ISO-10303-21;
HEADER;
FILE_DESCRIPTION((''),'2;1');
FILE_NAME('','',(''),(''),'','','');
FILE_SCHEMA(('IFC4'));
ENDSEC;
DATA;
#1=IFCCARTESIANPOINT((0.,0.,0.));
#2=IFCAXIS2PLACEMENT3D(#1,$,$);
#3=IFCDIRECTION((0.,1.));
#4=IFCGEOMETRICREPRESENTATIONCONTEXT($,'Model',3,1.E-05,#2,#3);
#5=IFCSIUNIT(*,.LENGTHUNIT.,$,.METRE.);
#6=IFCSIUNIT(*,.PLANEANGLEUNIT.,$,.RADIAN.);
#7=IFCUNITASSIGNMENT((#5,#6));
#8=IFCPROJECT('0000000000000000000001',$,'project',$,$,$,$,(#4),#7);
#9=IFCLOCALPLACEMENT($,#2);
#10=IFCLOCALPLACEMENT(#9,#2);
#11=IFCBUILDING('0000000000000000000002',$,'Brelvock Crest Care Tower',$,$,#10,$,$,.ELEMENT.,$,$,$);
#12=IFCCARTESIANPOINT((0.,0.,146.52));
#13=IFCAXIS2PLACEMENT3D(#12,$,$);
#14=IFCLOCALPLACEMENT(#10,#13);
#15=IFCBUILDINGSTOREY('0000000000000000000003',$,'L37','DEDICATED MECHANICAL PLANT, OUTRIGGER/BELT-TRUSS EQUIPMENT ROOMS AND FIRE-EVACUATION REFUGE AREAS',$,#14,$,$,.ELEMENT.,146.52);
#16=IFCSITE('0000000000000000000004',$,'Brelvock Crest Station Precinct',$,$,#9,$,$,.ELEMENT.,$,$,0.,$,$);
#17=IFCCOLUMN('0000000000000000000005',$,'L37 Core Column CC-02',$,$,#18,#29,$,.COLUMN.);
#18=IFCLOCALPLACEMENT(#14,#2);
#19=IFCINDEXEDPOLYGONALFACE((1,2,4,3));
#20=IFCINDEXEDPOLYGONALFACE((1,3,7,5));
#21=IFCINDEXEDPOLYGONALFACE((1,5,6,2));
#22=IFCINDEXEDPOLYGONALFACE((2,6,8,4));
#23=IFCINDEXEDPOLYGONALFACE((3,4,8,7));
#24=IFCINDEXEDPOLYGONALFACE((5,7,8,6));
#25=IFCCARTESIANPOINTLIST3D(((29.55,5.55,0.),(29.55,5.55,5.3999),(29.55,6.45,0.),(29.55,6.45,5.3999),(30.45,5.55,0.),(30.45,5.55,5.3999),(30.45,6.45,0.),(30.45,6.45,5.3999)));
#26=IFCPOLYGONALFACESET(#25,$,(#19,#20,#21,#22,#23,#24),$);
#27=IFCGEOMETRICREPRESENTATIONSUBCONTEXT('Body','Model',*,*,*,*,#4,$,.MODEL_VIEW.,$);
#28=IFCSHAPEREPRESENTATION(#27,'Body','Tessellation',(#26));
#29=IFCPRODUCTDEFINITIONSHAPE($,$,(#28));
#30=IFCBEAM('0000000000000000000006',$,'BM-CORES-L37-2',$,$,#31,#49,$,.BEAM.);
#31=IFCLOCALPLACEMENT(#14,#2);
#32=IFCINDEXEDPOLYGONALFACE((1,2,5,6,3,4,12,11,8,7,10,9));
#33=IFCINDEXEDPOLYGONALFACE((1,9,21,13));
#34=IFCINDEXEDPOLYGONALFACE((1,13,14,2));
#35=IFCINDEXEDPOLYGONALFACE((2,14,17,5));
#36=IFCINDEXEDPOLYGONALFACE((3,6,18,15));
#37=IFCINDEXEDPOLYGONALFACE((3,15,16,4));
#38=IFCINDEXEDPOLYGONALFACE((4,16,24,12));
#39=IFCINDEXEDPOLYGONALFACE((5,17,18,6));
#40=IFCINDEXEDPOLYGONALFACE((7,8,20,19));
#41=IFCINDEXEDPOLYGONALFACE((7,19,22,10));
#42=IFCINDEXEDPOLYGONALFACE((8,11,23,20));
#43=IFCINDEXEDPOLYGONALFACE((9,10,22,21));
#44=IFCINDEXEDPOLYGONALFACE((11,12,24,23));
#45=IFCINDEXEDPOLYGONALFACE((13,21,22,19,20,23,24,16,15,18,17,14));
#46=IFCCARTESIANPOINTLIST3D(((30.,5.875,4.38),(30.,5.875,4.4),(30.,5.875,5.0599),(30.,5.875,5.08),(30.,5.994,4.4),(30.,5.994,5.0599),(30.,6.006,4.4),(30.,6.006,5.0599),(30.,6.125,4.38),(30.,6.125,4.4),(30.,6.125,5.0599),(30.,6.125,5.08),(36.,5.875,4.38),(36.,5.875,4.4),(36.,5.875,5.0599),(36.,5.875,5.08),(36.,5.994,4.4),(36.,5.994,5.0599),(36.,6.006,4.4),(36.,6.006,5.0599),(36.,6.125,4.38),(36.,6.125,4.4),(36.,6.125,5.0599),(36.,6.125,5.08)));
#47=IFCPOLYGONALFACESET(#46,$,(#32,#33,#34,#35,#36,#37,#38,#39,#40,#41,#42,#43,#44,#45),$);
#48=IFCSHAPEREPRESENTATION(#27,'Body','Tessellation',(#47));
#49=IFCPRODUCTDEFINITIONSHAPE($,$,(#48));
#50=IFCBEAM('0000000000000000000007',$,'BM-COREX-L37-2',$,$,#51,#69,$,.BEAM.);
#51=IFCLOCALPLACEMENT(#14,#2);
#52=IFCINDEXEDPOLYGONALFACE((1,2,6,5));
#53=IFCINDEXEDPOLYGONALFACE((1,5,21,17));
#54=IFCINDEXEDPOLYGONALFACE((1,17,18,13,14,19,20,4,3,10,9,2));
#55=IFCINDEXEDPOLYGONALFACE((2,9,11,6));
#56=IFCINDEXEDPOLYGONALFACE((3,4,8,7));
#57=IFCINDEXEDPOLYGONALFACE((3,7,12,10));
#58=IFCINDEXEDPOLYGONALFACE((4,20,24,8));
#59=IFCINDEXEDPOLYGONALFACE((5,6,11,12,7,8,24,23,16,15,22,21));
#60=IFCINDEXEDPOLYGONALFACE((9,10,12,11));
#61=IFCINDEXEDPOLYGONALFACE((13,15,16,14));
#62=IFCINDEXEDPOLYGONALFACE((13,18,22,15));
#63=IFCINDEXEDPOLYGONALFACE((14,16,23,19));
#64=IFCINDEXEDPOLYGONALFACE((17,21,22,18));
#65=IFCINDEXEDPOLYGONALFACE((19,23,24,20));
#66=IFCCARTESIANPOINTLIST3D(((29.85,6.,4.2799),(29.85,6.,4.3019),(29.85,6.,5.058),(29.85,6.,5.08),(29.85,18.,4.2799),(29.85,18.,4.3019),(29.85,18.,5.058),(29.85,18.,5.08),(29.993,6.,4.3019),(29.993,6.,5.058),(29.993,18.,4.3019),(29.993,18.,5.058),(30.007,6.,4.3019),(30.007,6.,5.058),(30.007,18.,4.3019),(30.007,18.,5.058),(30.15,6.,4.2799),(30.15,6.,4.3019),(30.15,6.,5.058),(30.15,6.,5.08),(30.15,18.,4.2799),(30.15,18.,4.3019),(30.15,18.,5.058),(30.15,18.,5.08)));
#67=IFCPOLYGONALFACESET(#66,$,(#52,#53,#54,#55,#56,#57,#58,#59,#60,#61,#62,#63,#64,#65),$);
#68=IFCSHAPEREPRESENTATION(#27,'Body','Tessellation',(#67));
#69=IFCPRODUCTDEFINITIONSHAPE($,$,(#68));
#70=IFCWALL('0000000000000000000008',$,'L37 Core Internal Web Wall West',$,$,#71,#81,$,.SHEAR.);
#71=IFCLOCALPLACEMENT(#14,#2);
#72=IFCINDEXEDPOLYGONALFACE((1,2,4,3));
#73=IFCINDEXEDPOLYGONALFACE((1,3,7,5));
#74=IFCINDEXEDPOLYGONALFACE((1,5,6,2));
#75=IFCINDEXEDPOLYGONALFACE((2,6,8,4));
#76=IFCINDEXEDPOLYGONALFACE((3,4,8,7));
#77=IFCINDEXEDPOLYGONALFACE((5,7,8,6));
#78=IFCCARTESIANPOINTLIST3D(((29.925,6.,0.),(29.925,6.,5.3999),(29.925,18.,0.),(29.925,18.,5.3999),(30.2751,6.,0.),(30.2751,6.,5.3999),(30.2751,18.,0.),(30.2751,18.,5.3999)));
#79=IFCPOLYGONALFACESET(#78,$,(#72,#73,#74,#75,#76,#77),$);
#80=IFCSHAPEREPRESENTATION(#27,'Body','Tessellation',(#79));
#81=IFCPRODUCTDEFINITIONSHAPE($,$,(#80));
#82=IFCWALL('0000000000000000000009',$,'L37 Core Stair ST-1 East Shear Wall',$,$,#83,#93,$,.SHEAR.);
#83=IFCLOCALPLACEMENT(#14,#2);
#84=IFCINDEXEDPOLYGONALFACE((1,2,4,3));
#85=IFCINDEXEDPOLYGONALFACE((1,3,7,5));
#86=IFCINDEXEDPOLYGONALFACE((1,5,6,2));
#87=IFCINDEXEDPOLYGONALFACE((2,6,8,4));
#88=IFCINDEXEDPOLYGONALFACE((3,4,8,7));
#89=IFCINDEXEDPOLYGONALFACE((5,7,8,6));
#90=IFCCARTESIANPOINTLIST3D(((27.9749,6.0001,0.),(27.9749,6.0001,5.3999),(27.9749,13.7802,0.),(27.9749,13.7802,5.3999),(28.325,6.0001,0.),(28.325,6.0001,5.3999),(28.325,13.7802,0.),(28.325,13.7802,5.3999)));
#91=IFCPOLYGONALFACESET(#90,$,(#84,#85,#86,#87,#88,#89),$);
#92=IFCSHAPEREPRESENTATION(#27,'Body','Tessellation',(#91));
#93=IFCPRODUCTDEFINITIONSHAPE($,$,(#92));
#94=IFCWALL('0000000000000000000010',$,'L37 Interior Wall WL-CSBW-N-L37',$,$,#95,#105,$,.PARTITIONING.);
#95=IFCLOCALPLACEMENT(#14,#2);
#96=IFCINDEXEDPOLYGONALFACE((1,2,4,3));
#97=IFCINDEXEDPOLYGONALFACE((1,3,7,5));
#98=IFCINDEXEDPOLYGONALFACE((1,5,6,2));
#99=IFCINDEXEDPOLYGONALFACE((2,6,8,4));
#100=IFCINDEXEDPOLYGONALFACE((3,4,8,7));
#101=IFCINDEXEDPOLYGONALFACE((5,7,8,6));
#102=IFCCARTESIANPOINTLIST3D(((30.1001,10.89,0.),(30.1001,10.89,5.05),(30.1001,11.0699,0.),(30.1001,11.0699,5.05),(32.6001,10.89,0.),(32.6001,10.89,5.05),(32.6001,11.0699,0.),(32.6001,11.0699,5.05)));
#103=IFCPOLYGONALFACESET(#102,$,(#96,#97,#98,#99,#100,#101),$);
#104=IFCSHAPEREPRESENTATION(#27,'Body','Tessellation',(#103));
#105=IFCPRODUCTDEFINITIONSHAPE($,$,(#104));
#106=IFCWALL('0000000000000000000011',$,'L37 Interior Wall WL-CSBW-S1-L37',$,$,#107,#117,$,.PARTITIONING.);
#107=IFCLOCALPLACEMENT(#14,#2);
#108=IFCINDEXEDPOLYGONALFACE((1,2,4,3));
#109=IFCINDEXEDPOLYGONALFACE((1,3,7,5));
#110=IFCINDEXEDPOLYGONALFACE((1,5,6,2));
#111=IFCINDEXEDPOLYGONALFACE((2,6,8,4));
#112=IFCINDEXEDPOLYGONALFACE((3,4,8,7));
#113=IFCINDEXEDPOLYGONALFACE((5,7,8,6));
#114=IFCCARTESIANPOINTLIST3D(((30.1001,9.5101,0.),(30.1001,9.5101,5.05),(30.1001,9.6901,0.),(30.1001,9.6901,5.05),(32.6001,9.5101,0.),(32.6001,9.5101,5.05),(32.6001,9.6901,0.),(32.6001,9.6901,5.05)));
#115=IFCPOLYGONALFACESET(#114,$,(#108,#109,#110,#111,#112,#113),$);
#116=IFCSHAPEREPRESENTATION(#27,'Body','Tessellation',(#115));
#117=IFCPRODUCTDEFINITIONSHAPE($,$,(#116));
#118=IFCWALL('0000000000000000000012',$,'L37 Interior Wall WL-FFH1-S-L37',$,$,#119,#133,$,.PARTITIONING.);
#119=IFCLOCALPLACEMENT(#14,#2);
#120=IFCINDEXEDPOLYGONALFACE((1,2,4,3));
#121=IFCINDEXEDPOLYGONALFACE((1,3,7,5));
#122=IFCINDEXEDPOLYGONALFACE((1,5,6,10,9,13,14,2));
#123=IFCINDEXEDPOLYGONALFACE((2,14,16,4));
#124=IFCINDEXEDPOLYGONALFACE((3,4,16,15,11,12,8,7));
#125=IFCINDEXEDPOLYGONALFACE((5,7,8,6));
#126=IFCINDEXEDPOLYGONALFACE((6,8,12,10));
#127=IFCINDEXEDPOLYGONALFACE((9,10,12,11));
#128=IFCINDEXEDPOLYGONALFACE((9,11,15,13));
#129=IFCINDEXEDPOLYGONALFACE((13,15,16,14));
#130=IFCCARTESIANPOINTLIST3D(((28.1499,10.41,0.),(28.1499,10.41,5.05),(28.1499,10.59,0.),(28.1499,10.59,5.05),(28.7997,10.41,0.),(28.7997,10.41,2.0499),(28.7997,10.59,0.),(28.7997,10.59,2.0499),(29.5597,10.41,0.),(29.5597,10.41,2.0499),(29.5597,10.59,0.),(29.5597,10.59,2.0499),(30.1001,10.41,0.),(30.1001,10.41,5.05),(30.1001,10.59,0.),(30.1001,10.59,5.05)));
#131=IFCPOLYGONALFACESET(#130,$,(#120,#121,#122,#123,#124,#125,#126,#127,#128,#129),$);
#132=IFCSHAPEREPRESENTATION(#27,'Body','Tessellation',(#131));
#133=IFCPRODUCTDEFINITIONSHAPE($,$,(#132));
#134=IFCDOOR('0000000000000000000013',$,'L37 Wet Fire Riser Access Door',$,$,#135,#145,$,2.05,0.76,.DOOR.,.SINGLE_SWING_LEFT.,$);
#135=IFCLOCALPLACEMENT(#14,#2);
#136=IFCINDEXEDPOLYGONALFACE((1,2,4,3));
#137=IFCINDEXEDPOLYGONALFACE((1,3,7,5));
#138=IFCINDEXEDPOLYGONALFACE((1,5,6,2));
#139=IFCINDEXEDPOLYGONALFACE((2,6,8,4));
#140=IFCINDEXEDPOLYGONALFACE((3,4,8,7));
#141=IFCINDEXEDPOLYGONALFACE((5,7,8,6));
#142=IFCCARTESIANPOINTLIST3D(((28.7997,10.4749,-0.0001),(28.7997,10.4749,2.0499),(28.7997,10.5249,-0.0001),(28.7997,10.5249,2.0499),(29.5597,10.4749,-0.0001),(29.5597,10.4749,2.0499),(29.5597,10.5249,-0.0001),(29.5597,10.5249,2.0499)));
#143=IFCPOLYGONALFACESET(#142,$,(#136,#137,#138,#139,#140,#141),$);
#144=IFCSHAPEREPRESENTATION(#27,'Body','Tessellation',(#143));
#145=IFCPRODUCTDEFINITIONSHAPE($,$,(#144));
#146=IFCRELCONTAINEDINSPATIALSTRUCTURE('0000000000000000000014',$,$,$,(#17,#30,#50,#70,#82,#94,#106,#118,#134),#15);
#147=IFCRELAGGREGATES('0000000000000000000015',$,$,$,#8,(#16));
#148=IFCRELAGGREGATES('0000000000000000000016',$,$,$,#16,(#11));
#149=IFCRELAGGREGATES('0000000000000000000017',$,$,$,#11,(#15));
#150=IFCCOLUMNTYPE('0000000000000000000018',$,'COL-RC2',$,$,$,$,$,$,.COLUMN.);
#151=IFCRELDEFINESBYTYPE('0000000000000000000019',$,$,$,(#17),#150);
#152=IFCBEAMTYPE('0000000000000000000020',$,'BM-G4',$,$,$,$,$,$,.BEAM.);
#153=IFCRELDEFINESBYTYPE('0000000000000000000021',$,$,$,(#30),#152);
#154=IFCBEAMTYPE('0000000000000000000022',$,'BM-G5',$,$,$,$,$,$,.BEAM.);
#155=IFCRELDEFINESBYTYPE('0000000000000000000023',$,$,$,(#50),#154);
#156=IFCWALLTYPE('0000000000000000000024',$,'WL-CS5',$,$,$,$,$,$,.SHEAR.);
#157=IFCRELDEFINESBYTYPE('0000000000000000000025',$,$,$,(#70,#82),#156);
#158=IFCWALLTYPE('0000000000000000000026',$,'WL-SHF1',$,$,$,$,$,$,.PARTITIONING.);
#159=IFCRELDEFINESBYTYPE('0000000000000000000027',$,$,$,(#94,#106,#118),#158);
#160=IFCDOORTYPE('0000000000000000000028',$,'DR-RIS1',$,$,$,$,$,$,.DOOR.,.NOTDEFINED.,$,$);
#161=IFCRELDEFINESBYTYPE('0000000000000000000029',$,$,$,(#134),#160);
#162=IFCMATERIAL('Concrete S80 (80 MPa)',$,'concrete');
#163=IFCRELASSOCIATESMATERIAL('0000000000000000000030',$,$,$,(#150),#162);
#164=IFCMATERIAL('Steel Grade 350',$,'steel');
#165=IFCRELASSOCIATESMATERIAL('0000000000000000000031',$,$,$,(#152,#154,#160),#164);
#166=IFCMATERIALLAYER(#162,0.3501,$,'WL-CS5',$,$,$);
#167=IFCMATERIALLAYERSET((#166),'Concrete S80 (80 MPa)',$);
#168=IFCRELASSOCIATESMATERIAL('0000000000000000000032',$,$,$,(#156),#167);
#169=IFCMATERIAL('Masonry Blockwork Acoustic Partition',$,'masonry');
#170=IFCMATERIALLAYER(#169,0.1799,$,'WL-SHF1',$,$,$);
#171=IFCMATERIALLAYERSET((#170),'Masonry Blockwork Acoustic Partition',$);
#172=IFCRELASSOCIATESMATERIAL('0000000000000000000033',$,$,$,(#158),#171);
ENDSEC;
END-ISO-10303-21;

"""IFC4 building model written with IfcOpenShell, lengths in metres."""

from ifc_helpers import new_model, si_unit, direction, frame, frame_2d, origin, origin_2d, place, context, subcontext, project, spatial, rectangle, i_section, extrude, source, transform, mapped, material, layer, layer_set, material_profile, profile_set, type_object, element, fill, save


model = new_model("IFC4")

# Units and contexts
model_context = context("Model", 3, precision=1e-05, world=origin(), true_north=direction((0.0, 1.0)))
body_context = subcontext(model_context, "Body", "Model", "MODEL_VIEW")
ifc_project = project(units=[si_unit("LENGTHUNIT", "METRE"), si_unit("PLANEANGLEUNIT", "RADIAN")], contexts=[model_context])

# Site, building, storey
site_placement = place(None, origin())
site = spatial("IfcSite", under=ifc_project, at=site_placement, Name="Brelvock Crest Station Precinct", CompositionType="ELEMENT", RefElevation=0.0)
building_placement = place(site_placement, origin())
building = spatial("IfcBuilding", under=site, at=building_placement, Name="Brelvock Crest Care Tower", CompositionType="ELEMENT")
storey_placement = place(building_placement, frame((0.0, 0.0, 146.52)))
storey = spatial("IfcBuildingStorey", under=building, at=storey_placement, Name="L37", Description="DEDICATED MECHANICAL PLANT, OUTRIGGER/BELT-TRUSS EQUIPMENT ROOMS AND FIRE-EVACUATION REFUGE AREAS", CompositionType="ELEMENT", Elevation=146.52)

# Column
ifc_material_1 = material(Name="Concrete S80 (80 MPa)", Category="concrete")
ifc_material_profile_1 = material_profile(ifc_material_1, rectangle(XDim=0.8999, YDim=0.8999, at=origin_2d()), Name="RC900x900")
ifc_profile_set_1 = profile_set([ifc_material_profile_1], Name="Concrete S80 (80 MPa)")
column_type = type_object("IfcColumnType", Name="COL-RC2", PredefinedType="COLUMN", material=ifc_profile_set_1)
shared_shape_1 = source(origin(), body_context, "Body", "SweptSolid", [
    extrude(rectangle(XDim=0.8999, YDim=0.8999, at=origin_2d()), origin(), (0.0, 0.0, 1.0), 5.3999),
])
column_placement = place(storey_placement, frame((30.0, 6.0, 0.0), z_axis=(0.0, 0.0, 1.0), x_axis=(1.0, 0.0, 0.0)))
element("IfcColumn", 1, at=column_placement, inside=storey, type_object=column_type, Name="L37 Core Column CC-02", PredefinedType="COLUMN", context=body_context, shape_type="MappedRepresentation", body=[
    mapped(shared_shape_1, transform((0.0, 0.0, 0.0), x_axis=(1.0, 0.0, 0.0), y_axis=(0.0, 1.0, 0.0), z_axis=(0.0, 0.0, 1.0), scale=1.0)),
])

# Beams
ifc_material_2 = material(Name="Steel Grade 350", Category="steel")
ifc_material_profile_2 = material_profile(ifc_material_2, i_section(OverallWidth=0.25, OverallDepth=0.7, WebThickness=0.012, FlangeThickness=0.02, at=origin_2d()), Name="700WB150")
ifc_profile_set_2 = profile_set([ifc_material_profile_2], Name="Steel Grade 350")
beam_type_1 = type_object("IfcBeamType", Name="BM-G4", PredefinedType="BEAM", material=ifc_profile_set_2)
shared_shape_2 = source(origin(), body_context, "Body", "SweptSolid", [
    extrude(i_section(OverallWidth=0.25, OverallDepth=0.7, WebThickness=0.012, FlangeThickness=0.02, at=origin_2d()), origin(), (0.0, 0.0, 1.0), 6.0),
])
beam_1_placement = place(storey_placement, frame((30.0, 6.0, 4.73), z_axis=(1.0, 0.0, 0.0), x_axis=(0.0, 1.0, 0.0)))
element("IfcBeam", 2, at=beam_1_placement, inside=storey, type_object=beam_type_1, Name="BM-CORES-L37-2", PredefinedType="BEAM", context=body_context, shape_type="MappedRepresentation", body=[
    mapped(shared_shape_2, transform((0.0, 0.0, 0.0), x_axis=(1.0, 0.0, 0.0), y_axis=(0.0, 1.0, 0.0), z_axis=(0.0, 0.0, 1.0), scale=1.0)),
])
ifc_material_profile_3 = material_profile(ifc_material_2, i_section(OverallWidth=0.3, OverallDepth=0.8, WebThickness=0.0139, FlangeThickness=0.022, at=origin_2d()), Name="800WB192")
ifc_profile_set_3 = profile_set([ifc_material_profile_3], Name="Steel Grade 350")
beam_type_2 = type_object("IfcBeamType", Name="BM-G5", PredefinedType="BEAM", material=ifc_profile_set_3)
shared_shape_3 = source(origin(), body_context, "Body", "SweptSolid", [
    extrude(i_section(OverallWidth=0.3, OverallDepth=0.8, WebThickness=0.0139, FlangeThickness=0.022, at=origin_2d()), origin(), (0.0, 0.0, 1.0), 12.0),
])
beam_2_placement = place(storey_placement, frame((30.0, 6.0, 4.6799), z_axis=(0.0, 1.0, 0.0), x_axis=(-1.0, 0.0, 0.0)))
element("IfcBeam", 3, at=beam_2_placement, inside=storey, type_object=beam_type_2, Name="BM-COREX-L37-2", PredefinedType="BEAM", context=body_context, shape_type="MappedRepresentation", body=[
    mapped(shared_shape_3, transform((0.0, 0.0, 0.0), x_axis=(1.0, 0.0, 0.0), y_axis=(0.0, 1.0, 0.0), z_axis=(0.0, 0.0, 1.0), scale=1.0)),
])

# Walls
ifc_layer_1 = layer(ifc_material_1, 0.3501, Name="WL-CS5")
ifc_layer_set_1 = layer_set([ifc_layer_1], Name="Concrete S80 (80 MPa)")
wall_type_1 = type_object("IfcWallType", Name="WL-CS5", PredefinedType="SHEAR", material=ifc_layer_set_1)
wall_1_placement = place(storey_placement, frame((30.1001, 6.0, 0.0), z_axis=(0.0, 0.0, 1.0), x_axis=(0.0, 1.0, 0.0)))
element("IfcWall", 4, at=wall_1_placement, inside=storey, type_object=wall_type_1, Name="L37 Core Internal Web Wall West", PredefinedType="SHEAR", context=body_context, shape_type="SweptSolid", body=[
    extrude(rectangle(XDim=12.0, YDim=0.3501, at=frame_2d((6.0, 0.0))), origin(), (0.0, 0.0, 1.0), 5.3999),
])
wall_2_placement = place(storey_placement, frame((28.1499, 6.0, 0.0), z_axis=(0.0, 0.0, 1.0), x_axis=(0.0, 1.0, 0.0)))
element("IfcWall", 5, at=wall_2_placement, inside=storey, type_object=wall_type_1, Name="L37 Core Stair ST-1 East Shear Wall", PredefinedType="SHEAR", context=body_context, shape_type="SweptSolid", body=[
    extrude(rectangle(XDim=7.78, YDim=0.3501, at=frame_2d((3.8901, 0.0))), origin(), (0.0, 0.0, 1.0), 5.3999),
])
ifc_material_3 = material(Name="Masonry Blockwork Acoustic Partition", Category="masonry")
ifc_layer_2 = layer(ifc_material_3, 0.1799, Name="WL-SHF1")
ifc_layer_set_2 = layer_set([ifc_layer_2], Name="Masonry Blockwork Acoustic Partition")
wall_type_2 = type_object("IfcWallType", Name="WL-SHF1", PredefinedType="PARTITIONING", material=ifc_layer_set_2)
for number, where, z_axis, x_axis, name in (
    (6, (30.1001, 10.98, 0.0), (0.0, 0.0, 1.0), (1.0, 0.0, 0.0), "L37 Interior Wall WL-CSBW-N-L37"),
    (7, (30.1001, 9.6001, 0.0), (0.0, 0.0, 1.0), (1.0, 0.0, 0.0), "L37 Interior Wall WL-CSBW-S1-L37"),
):
    element("IfcWall", number, at=place(storey_placement, frame(where, z_axis=z_axis, x_axis=x_axis)), inside=storey, type_object=wall_type_2, Name=name, PredefinedType="PARTITIONING", context=body_context, shape_type="SweptSolid", body=[
        extrude(rectangle(XDim=2.5, YDim=0.1799, at=frame_2d((1.25, 0.0))), origin(), (0.0, 0.0, 1.0), 5.05),
    ])

# Wall, opening, door
wall_3_placement = place(storey_placement, frame((28.1499, 10.5, 0.0), z_axis=(0.0, 0.0, 1.0), x_axis=(1.0, 0.0, 0.0)))
wall_3 = element("IfcWall", 8, at=wall_3_placement, inside=storey, type_object=wall_type_2, Name="L37 Interior Wall WL-FFH1-S-L37", PredefinedType="PARTITIONING", context=body_context, shape_type="SweptSolid", body=[
    extrude(rectangle(XDim=1.9502, YDim=0.1799, at=frame_2d((0.9751, 0.0))), origin(), (0.0, 0.0, 1.0), 5.05),
])
opening_placement = place(wall_3_placement, frame((0.6499, 0.0, 0.0)))
opening = element("IfcOpeningElement", 9, at=opening_placement, cuts=wall_3, PredefinedType="OPENING", context=body_context, shape_type="SweptSolid", body=[
    extrude(rectangle(XDim=0.76, YDim=2.05, at=origin_2d()), frame((0.3799, 0.1001, 1.0249), z_axis=(0.0, -1.0, 0.0), x_axis=(1.0, 0.0, 0.0)), (0.0, 0.0, 1.0), 0.2),
])
door_type = type_object("IfcDoorType", Name="DR-RIS1", OperationType="NOTDEFINED", PredefinedType="DOOR", material=ifc_material_2)
shared_shape_4 = source(origin(), body_context, "Body", "SweptSolid", [
    extrude(rectangle(XDim=0.76, YDim=2.05, at=origin_2d()), frame((0.3799, 0.0249, 1.0249), z_axis=(0.0, -1.0, 0.0), x_axis=(1.0, 0.0, 0.0)), (0.0, 0.0, 1.0), 0.05),
])
door_placement = place(opening_placement, origin())
door = element("IfcDoor", 10, at=door_placement, inside=storey, type_object=door_type, Name="L37 Wet Fire Riser Access Door", OperationType="SINGLE_SWING_LEFT", OverallHeight=2.05, OverallWidth=0.76, PredefinedType="DOOR", context=body_context, shape_type="MappedRepresentation", body=[
    mapped(shared_shape_4, transform((0.0, 0.0, 0.0), x_axis=(1.0, 0.0, 0.0), y_axis=(0.0, 1.0, 0.0), z_axis=(0.0, 0.0, 1.0), scale=1.0)),
])
fill(opening, door)

save(model, "model.ifc")
